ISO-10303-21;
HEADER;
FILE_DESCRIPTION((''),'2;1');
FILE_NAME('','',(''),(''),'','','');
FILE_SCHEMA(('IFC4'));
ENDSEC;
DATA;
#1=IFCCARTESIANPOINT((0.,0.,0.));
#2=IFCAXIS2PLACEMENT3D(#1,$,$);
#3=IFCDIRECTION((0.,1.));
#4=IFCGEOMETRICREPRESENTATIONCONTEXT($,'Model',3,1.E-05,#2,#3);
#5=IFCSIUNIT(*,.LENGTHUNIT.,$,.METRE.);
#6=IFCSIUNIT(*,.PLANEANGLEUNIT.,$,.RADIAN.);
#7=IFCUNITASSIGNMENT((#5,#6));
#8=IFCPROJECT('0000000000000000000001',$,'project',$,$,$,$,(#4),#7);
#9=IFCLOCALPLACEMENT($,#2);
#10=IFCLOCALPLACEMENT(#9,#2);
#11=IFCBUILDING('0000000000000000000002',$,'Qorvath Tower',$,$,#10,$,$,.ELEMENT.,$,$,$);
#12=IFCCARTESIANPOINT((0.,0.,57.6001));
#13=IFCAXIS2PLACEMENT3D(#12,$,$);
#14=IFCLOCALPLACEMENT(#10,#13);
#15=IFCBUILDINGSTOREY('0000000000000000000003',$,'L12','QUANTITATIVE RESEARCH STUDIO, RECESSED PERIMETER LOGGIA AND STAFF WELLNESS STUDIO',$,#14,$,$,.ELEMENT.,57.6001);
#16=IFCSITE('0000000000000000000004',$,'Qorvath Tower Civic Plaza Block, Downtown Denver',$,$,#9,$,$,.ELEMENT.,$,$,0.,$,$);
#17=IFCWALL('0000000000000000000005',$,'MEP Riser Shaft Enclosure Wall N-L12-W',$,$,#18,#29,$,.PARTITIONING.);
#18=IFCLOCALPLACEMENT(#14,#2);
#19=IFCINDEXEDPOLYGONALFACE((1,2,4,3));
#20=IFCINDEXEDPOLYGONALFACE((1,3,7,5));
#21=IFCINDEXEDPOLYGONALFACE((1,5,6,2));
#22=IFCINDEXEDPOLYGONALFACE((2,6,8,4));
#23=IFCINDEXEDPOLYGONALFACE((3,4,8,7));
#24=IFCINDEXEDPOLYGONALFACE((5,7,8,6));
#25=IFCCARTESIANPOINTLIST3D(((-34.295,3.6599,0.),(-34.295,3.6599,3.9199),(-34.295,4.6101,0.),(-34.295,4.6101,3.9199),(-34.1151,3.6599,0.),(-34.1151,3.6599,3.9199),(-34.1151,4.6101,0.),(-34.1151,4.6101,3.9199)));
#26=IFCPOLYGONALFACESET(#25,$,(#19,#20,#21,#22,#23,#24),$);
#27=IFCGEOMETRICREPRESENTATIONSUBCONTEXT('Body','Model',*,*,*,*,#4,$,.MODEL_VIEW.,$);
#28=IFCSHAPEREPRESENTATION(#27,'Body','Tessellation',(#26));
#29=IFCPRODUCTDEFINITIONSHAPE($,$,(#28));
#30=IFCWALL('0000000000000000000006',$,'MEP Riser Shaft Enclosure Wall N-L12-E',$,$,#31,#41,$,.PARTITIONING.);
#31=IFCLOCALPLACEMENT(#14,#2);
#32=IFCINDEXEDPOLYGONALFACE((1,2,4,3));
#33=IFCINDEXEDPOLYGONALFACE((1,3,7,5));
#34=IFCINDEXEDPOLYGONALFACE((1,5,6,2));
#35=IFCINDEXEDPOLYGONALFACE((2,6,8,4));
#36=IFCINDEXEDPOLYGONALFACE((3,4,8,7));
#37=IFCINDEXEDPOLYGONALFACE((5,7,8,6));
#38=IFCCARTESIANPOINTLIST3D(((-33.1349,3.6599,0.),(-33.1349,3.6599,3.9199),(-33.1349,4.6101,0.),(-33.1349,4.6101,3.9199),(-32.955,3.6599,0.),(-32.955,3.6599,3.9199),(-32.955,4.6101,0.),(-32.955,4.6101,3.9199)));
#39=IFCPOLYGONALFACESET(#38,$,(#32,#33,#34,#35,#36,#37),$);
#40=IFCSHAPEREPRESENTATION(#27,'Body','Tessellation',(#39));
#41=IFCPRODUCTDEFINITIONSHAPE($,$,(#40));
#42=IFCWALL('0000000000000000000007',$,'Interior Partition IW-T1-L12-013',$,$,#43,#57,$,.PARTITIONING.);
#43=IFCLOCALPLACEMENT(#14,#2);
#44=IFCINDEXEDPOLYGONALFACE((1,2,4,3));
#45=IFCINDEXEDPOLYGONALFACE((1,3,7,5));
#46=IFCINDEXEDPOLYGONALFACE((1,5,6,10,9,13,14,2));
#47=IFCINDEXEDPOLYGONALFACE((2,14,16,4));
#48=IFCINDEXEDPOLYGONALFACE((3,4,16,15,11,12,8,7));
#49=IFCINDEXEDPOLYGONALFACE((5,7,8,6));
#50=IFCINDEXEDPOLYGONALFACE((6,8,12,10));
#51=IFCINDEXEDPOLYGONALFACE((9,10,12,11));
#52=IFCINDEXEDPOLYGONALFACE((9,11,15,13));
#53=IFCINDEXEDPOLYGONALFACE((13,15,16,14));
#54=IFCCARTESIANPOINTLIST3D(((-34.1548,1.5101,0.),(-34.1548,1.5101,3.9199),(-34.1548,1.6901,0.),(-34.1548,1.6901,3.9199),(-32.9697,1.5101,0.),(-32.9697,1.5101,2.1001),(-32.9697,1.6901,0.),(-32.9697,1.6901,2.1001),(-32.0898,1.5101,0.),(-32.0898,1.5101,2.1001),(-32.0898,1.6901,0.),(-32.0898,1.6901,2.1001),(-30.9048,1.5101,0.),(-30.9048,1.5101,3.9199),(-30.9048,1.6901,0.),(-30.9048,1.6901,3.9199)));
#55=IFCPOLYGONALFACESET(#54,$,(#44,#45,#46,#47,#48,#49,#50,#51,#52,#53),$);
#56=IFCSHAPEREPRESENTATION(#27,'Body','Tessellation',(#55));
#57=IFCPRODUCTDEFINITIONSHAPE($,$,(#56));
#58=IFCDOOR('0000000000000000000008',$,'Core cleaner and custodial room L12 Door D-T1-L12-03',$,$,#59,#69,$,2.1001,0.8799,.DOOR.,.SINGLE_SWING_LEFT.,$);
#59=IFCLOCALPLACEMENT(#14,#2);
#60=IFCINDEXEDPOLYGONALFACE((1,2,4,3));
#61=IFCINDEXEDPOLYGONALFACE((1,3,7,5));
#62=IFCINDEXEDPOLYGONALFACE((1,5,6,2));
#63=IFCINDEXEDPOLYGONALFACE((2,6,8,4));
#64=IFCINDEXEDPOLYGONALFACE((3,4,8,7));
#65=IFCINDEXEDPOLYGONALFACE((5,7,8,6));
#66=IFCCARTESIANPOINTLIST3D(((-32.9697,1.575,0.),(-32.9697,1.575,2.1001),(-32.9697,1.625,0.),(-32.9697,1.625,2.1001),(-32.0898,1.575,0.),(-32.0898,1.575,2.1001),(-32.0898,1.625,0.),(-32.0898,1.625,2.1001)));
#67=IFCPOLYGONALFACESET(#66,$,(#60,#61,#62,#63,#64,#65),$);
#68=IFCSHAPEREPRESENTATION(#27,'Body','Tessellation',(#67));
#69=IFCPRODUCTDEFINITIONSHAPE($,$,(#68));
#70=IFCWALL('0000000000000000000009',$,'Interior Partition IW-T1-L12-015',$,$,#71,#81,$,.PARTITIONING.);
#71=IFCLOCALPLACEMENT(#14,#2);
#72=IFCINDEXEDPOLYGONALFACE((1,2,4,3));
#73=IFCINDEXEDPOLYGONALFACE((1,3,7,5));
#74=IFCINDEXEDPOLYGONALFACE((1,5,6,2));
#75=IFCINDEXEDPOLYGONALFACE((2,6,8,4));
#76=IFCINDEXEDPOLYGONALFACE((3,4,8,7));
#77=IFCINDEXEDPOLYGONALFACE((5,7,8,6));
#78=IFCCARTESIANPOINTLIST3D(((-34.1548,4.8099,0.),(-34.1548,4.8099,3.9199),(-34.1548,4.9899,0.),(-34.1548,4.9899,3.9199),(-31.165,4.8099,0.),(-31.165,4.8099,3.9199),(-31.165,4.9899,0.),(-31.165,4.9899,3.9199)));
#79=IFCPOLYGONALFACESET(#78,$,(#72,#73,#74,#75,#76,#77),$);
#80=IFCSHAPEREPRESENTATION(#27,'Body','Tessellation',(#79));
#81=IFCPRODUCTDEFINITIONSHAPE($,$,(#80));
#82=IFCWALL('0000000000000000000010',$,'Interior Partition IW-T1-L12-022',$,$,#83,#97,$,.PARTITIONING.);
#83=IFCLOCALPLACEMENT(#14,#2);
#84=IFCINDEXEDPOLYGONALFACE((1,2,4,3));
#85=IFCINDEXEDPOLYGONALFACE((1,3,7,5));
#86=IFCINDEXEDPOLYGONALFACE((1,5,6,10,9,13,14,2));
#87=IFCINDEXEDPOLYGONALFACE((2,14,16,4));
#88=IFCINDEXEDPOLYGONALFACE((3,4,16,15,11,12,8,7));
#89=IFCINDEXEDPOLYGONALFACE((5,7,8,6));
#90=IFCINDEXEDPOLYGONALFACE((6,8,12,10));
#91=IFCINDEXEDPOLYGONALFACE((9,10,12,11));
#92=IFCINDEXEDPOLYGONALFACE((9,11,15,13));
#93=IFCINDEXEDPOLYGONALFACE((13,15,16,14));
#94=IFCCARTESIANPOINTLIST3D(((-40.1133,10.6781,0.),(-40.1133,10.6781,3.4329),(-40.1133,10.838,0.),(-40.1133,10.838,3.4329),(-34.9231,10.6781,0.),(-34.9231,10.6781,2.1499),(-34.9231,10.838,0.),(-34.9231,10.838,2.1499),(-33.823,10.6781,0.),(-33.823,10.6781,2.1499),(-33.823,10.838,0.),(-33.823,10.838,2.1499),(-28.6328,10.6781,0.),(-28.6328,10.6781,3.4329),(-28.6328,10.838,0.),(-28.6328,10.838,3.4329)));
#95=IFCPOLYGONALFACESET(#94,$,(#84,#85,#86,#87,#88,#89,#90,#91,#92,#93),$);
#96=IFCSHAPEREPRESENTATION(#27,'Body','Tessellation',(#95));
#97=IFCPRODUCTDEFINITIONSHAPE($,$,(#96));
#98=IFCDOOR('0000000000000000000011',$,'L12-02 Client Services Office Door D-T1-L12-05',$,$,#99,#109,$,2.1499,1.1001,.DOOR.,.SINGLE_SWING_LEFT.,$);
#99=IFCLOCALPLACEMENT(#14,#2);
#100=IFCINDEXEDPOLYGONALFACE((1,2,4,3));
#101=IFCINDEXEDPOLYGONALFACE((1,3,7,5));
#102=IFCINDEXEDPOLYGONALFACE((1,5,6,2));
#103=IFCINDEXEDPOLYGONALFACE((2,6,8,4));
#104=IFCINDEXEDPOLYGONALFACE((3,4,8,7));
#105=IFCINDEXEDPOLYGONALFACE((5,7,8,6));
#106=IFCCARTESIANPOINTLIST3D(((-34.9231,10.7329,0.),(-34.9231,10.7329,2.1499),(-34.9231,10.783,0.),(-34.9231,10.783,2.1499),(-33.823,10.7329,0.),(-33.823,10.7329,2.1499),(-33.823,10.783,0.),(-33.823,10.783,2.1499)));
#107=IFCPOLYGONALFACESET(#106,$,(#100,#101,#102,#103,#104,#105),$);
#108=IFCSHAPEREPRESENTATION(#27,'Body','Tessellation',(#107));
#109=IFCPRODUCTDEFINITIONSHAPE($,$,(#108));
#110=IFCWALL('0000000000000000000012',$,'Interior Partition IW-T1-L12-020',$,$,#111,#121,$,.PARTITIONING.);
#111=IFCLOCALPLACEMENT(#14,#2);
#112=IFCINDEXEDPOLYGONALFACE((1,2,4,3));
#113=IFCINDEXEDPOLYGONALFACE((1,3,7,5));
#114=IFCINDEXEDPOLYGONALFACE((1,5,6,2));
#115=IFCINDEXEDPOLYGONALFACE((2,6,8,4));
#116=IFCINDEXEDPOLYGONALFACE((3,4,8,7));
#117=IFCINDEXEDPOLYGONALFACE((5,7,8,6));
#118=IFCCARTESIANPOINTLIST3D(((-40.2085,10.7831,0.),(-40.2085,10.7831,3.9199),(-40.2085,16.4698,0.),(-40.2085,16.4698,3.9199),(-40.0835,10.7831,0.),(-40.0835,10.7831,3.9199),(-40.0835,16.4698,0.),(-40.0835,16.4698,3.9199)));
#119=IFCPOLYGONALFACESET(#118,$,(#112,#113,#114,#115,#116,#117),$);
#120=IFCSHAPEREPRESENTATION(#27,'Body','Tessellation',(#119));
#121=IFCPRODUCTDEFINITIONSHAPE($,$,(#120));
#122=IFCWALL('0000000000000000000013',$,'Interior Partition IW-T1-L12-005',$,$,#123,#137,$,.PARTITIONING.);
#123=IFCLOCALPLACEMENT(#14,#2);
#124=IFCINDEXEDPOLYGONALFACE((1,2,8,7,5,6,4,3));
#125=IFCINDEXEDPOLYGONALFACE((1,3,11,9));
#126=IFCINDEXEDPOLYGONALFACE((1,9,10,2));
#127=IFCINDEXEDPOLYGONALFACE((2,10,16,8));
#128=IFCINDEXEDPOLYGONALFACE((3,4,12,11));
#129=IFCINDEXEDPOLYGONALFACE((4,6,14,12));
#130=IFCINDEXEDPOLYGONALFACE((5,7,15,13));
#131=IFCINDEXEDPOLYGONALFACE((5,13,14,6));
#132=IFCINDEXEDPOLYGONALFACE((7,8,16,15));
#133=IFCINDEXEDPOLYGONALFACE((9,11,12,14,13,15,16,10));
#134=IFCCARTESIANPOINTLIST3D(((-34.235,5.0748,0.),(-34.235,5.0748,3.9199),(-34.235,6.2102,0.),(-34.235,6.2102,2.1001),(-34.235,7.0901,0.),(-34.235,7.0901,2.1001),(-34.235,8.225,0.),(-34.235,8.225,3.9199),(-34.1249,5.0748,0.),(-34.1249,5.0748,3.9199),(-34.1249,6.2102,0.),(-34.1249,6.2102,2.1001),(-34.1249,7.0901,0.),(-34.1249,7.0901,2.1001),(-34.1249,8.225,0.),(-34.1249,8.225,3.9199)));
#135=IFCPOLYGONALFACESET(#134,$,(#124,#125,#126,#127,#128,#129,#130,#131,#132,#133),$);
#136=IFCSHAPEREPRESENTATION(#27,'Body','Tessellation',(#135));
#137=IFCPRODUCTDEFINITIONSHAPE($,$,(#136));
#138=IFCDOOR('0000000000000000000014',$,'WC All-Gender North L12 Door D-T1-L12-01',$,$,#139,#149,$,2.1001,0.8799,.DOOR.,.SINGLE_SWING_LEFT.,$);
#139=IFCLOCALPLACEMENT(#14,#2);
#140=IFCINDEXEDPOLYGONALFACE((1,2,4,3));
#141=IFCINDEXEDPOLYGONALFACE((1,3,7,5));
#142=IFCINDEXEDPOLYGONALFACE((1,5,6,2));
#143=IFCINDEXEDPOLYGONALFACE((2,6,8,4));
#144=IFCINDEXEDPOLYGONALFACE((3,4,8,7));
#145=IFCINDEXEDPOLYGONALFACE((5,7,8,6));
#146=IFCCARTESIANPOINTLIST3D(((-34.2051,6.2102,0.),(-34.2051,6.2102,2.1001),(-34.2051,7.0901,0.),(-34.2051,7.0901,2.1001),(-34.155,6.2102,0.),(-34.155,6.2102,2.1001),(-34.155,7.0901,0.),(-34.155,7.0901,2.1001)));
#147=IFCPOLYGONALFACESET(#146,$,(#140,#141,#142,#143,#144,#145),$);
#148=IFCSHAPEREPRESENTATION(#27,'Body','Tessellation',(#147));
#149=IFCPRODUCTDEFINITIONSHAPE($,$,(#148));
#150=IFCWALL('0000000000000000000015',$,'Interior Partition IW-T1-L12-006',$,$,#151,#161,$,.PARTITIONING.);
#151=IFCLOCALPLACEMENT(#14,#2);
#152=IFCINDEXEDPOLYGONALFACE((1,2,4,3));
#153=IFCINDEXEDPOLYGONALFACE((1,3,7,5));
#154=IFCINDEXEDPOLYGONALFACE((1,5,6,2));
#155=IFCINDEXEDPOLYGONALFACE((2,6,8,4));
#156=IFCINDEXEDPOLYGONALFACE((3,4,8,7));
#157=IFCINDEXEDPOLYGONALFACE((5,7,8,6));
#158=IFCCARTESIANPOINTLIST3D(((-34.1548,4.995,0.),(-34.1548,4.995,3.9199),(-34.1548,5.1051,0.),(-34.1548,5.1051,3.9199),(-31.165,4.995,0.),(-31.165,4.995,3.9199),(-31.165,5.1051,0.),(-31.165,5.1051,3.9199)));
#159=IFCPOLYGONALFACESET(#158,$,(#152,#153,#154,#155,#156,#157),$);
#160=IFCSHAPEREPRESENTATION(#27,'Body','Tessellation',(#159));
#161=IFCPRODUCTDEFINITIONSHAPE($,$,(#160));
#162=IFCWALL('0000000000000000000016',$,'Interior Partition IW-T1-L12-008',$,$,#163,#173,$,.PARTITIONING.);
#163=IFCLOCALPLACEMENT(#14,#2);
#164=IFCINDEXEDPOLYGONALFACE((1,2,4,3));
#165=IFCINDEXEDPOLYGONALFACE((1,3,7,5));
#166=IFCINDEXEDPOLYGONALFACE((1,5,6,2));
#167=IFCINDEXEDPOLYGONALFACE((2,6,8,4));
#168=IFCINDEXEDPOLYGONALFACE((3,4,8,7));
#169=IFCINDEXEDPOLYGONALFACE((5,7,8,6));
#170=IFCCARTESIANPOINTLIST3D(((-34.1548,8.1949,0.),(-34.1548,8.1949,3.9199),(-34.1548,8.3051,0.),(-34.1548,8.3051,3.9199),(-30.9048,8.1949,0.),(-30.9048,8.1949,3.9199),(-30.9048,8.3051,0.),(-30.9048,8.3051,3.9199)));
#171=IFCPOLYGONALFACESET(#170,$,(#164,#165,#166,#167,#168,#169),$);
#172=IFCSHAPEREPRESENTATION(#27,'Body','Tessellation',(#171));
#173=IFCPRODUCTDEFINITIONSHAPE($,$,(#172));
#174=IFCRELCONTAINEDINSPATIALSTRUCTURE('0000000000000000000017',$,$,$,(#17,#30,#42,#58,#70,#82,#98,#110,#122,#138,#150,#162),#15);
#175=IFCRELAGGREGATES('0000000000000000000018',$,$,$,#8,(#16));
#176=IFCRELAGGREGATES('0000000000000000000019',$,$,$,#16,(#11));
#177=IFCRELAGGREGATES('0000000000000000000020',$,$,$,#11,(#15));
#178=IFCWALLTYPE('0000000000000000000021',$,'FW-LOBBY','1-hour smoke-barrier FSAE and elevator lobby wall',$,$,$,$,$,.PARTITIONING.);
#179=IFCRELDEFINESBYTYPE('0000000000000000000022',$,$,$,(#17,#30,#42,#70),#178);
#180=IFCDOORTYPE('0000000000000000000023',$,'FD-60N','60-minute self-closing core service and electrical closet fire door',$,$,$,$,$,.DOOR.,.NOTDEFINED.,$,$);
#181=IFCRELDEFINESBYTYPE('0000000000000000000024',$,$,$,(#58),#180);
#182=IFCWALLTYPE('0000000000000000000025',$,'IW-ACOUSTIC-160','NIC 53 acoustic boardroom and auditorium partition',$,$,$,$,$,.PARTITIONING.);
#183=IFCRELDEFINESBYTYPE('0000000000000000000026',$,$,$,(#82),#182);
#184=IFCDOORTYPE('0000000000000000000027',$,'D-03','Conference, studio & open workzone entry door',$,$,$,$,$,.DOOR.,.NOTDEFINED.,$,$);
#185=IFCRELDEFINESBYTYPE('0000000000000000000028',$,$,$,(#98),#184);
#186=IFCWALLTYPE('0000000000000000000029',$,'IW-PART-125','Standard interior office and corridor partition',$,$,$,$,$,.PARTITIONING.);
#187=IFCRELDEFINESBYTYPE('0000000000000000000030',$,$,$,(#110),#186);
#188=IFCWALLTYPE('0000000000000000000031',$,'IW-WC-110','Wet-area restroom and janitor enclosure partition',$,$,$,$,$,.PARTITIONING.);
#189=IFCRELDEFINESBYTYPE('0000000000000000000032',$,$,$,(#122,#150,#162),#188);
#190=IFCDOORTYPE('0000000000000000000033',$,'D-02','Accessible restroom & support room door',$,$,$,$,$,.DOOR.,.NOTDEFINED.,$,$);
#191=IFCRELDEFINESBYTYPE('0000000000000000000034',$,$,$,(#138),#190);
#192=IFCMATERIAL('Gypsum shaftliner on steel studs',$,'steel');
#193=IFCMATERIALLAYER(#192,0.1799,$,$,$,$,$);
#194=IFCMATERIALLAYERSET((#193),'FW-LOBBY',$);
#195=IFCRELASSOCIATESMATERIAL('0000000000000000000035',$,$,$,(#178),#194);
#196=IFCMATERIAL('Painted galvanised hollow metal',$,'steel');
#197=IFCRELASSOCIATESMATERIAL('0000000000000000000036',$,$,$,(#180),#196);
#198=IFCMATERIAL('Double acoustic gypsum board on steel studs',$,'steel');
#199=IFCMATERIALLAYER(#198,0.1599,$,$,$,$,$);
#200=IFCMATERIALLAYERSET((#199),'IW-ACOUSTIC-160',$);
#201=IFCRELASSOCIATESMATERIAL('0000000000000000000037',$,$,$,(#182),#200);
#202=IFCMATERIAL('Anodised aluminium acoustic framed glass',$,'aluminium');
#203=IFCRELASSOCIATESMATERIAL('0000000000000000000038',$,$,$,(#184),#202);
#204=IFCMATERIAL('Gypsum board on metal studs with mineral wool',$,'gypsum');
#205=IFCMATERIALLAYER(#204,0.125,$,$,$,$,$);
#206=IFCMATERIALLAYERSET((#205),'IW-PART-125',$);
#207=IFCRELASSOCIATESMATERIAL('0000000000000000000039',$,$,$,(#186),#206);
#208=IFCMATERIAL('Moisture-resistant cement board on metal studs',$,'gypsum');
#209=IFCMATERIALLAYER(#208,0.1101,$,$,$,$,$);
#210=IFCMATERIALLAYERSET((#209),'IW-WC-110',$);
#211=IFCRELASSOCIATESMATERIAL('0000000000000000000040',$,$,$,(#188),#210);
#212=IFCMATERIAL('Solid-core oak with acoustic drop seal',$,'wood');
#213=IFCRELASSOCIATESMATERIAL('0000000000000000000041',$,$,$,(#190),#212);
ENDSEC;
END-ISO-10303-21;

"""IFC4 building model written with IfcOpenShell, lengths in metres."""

from ifc_helpers import new_model, si_unit, direction, frame, frame_2d, origin, place, context, subcontext, project, spatial, rectangle, extrude, material, layer, layer_set, type_object, element, fill, save


model = new_model("IFC4")

# Units and contexts
model_context = context("Model", 3, precision=1e-05, world=origin(), true_north=direction((0.0, 1.0)))
body_context = subcontext(model_context, "Body", "Model", "MODEL_VIEW")
ifc_project = project(units=[si_unit("LENGTHUNIT", "METRE"), si_unit("PLANEANGLEUNIT", "RADIAN")], contexts=[model_context])

# Site, building, storey
site_placement = place(None, origin())
site = spatial("IfcSite", under=ifc_project, at=site_placement, Name="Qorvath Tower Civic Plaza Block, Downtown Denver", CompositionType="ELEMENT", RefElevation=0.0)
building_placement = place(site_placement, origin())
building = spatial("IfcBuilding", under=site, at=building_placement, Name="Qorvath Tower", CompositionType="ELEMENT")
storey_placement = place(building_placement, frame((0.0, 0.0, 57.6001)))
storey = spatial("IfcBuildingStorey", under=building, at=storey_placement, Name="L12", Description="QUANTITATIVE RESEARCH STUDIO, RECESSED PERIMETER LOGGIA AND STAFF WELLNESS STUDIO", CompositionType="ELEMENT", Elevation=57.6001)

# Walls
ifc_material_1 = material(Name="Gypsum shaftliner on steel studs", Category="steel")
ifc_layer_1 = layer(ifc_material_1, 0.1799)
ifc_layer_set_1 = layer_set([ifc_layer_1], Name="FW-LOBBY")
wall_type_1 = type_object("IfcWallType", Name="FW-LOBBY", Description="1-hour smoke-barrier FSAE and elevator lobby wall", PredefinedType="PARTITIONING", material=ifc_layer_set_1)
for number, where, z_axis, x_axis, name in (
    (1, (-34.2051, 3.6599, 0.0), (0.0, 0.0, 1.0), (0.0, 1.0, 0.0), "MEP Riser Shaft Enclosure Wall N-L12-W"),
    (2, (-33.0449, 4.6101, 0.0), (0.0, 0.0, 1.0), (0.0, -1.0, 0.0), "MEP Riser Shaft Enclosure Wall N-L12-E"),
):
    element("IfcWall", number, at=place(storey_placement, frame(where, z_axis=z_axis, x_axis=x_axis)), inside=storey, type_object=wall_type_1, Name=name, PredefinedType="PARTITIONING", context=body_context, shape_type="SweptSolid", body=[
        extrude(rectangle(XDim=0.9502, YDim=0.1799, at=frame_2d((0.4751, 0.0))), origin(), (0.0, 0.0, 1.0), 3.9199),
    ])

# Wall, opening, door
wall_1_placement = place(storey_placement, frame((-34.1548, 1.6001, 0.0), z_axis=(0.0, 0.0, 1.0), x_axis=(1.0, 0.0, 0.0)))
wall_1 = element("IfcWall", 3, at=wall_1_placement, inside=storey, type_object=wall_type_1, Name="Interior Partition IW-T1-L12-013", PredefinedType="PARTITIONING", context=body_context, shape_type="SweptSolid", body=[
    extrude(rectangle(XDim=3.25, YDim=0.1799, at=frame_2d((1.625, 0.0))), origin(), (0.0, 0.0, 1.0), 3.9199),
])
opening_1_placement = place(wall_1_placement, frame((1.1851, 0.0, 0.0)))
opening_1 = element("IfcOpeningElement", 4, at=opening_1_placement, cuts=wall_1, PredefinedType="OPENING", context=body_context, shape_type="SweptSolid", body=[
    extrude(rectangle(XDim=0.8799, YDim=2.1001, at=frame_2d((0.4399, 1.05))), frame((0.0, 0.1001, 0.0), z_axis=(0.0, -1.0, 0.0), x_axis=(1.0, 0.0, 0.0)), (0.0, 0.0, 1.0), 0.2),
])
ifc_material_2 = material(Name="Painted galvanised hollow metal", Category="steel")
door_type_1 = type_object("IfcDoorType", Name="FD-60N", Description="60-minute self-closing core service and electrical closet fire door", OperationType="NOTDEFINED", PredefinedType="DOOR", material=ifc_material_2)
door_1_placement = place(opening_1_placement, origin())
door_1 = element("IfcDoor", 5, at=door_1_placement, inside=storey, type_object=door_type_1, Name="Core cleaner and custodial room L12 Door D-T1-L12-03", OperationType="SINGLE_SWING_LEFT", OverallHeight=2.1001, OverallWidth=0.8799, PredefinedType="DOOR", context=body_context, shape_type="SweptSolid", body=[
    extrude(rectangle(XDim=0.8799, YDim=2.1001, at=frame_2d((0.4399, 1.05))), frame((0.0, 0.0249, 0.0), z_axis=(0.0, -1.0, 0.0), x_axis=(1.0, 0.0, 0.0)), (0.0, 0.0, 1.0), 0.05),
])
fill(opening_1, door_1)

# Wall
wall_2_placement = place(storey_placement, frame((-31.165, 4.8999, 0.0), z_axis=(0.0, 0.0, 1.0), x_axis=(-1.0, 0.0, 0.0)))
element("IfcWall", 6, at=wall_2_placement, inside=storey, type_object=wall_type_1, Name="Interior Partition IW-T1-L12-015", PredefinedType="PARTITIONING", context=body_context, shape_type="SweptSolid", body=[
    extrude(rectangle(XDim=2.9897, YDim=0.1799, at=frame_2d((1.4949, 0.0))), origin(), (0.0, 0.0, 1.0), 3.9199),
])

# Wall, opening, door
ifc_material_3 = material(Name="Double acoustic gypsum board on steel studs", Category="steel")
ifc_layer_2 = layer(ifc_material_3, 0.1599)
ifc_layer_set_2 = layer_set([ifc_layer_2], Name="IW-ACOUSTIC-160")
wall_type_2 = type_object("IfcWallType", Name="IW-ACOUSTIC-160", Description="NIC 53 acoustic boardroom and auditorium partition", PredefinedType="PARTITIONING", material=ifc_layer_set_2)
wall_3_placement = place(storey_placement, frame((-40.1133, 10.7581, 0.0), z_axis=(0.0, 0.0, 1.0), x_axis=(1.0, 0.0, 0.0)))
wall_3 = element("IfcWall", 7, at=wall_3_placement, inside=storey, type_object=wall_type_2, Name="Interior Partition IW-T1-L12-022", PredefinedType="PARTITIONING", context=body_context, shape_type="SweptSolid", body=[
    extrude(rectangle(XDim=11.4805, YDim=0.1599, at=frame_2d((5.7402, 0.0))), origin(), (0.0, 0.0, 1.0), 3.4329),
])
opening_2_placement = place(wall_3_placement, frame((5.1902, 0.0, 0.0)))
opening_2 = element("IfcOpeningElement", 8, at=opening_2_placement, cuts=wall_3, PredefinedType="OPENING", context=body_context, shape_type="SweptSolid", body=[
    extrude(rectangle(XDim=1.1001, YDim=2.1499, at=frame_2d((0.55, 1.075))), frame((0.0, 0.0898, 0.0), z_axis=(0.0, -1.0, 0.0), x_axis=(1.0, 0.0, 0.0)), (0.0, 0.0, 1.0), 0.1799),
])
ifc_material_4 = material(Name="Anodised aluminium acoustic framed glass", Category="aluminium")
door_type_2 = type_object("IfcDoorType", Name="D-03", Description="Conference, studio & open workzone entry door", OperationType="NOTDEFINED", PredefinedType="DOOR", material=ifc_material_4)
door_2_placement = place(opening_2_placement, origin())
door_2 = element("IfcDoor", 9, at=door_2_placement, inside=storey, type_object=door_type_2, Name="L12-02 Client Services Office Door D-T1-L12-05", OperationType="SINGLE_SWING_LEFT", OverallHeight=2.1499, OverallWidth=1.1001, PredefinedType="DOOR", context=body_context, shape_type="SweptSolid", body=[
    extrude(rectangle(XDim=1.1001, YDim=2.1499, at=frame_2d((0.55, 1.075))), frame((0.0, 0.0249, 0.0), z_axis=(0.0, -1.0, 0.0), x_axis=(1.0, 0.0, 0.0)), (0.0, 0.0, 1.0), 0.05),
])
fill(opening_2, door_2)

# Wall
ifc_material_5 = material(Name="Gypsum board on metal studs with mineral wool", Category="gypsum")
ifc_layer_3 = layer(ifc_material_5, 0.125)
ifc_layer_set_3 = layer_set([ifc_layer_3], Name="IW-PART-125")
wall_type_3 = type_object("IfcWallType", Name="IW-PART-125", Description="Standard interior office and corridor partition", PredefinedType="PARTITIONING", material=ifc_layer_set_3)
wall_4_placement = place(storey_placement, frame((-40.146, 10.7832, 0.0), z_axis=(0.0, 0.0, 1.0), x_axis=(0.0, 1.0, 0.0)))
element("IfcWall", 10, at=wall_4_placement, inside=storey, type_object=wall_type_3, Name="Interior Partition IW-T1-L12-020", PredefinedType="PARTITIONING", context=body_context, shape_type="SweptSolid", body=[
    extrude(rectangle(XDim=5.6868, YDim=0.125, at=frame_2d((2.8433, 0.0))), origin(), (0.0, 0.0, 1.0), 3.9199),
])

# Wall, opening, door
ifc_material_6 = material(Name="Moisture-resistant cement board on metal studs", Category="gypsum")
ifc_layer_4 = layer(ifc_material_6, 0.1101)
ifc_layer_set_4 = layer_set([ifc_layer_4], Name="IW-WC-110")
wall_type_4 = type_object("IfcWallType", Name="IW-WC-110", Description="Wet-area restroom and janitor enclosure partition", PredefinedType="PARTITIONING", material=ifc_layer_set_4)
wall_5_placement = place(storey_placement, frame((-34.1799, 8.2251, 0.0), z_axis=(0.0, 0.0, 1.0), x_axis=(0.0, -1.0, 0.0)))
wall_5 = element("IfcWall", 11, at=wall_5_placement, inside=storey, type_object=wall_type_4, Name="Interior Partition IW-T1-L12-005", PredefinedType="PARTITIONING", context=body_context, shape_type="SweptSolid", body=[
    extrude(rectangle(XDim=3.1501, YDim=0.1101, at=frame_2d((1.5752, 0.0))), origin(), (0.0, 0.0, 1.0), 3.9199),
])
opening_3_placement = place(wall_5_placement, frame((1.135, 0.0, 0.0)))
opening_3 = element("IfcOpeningElement", 12, at=opening_3_placement, cuts=wall_5, PredefinedType="OPENING", context=body_context, shape_type="SweptSolid", body=[
    extrude(rectangle(XDim=0.8799, YDim=2.1001, at=frame_2d((0.4399, 1.05))), frame((0.0, 0.0649, 0.0), z_axis=(0.0, -1.0, 0.0), x_axis=(1.0, 0.0, 0.0)), (0.0, 0.0, 1.0), 0.1301),
])
ifc_material_7 = material(Name="Solid-core oak with acoustic drop seal", Category="wood")
door_type_3 = type_object("IfcDoorType", Name="D-02", Description="Accessible restroom & support room door", OperationType="NOTDEFINED", PredefinedType="DOOR", material=ifc_material_7)
door_3_placement = place(opening_3_placement, origin())
door_3 = element("IfcDoor", 13, at=door_3_placement, inside=storey, type_object=door_type_3, Name="WC All-Gender North L12 Door D-T1-L12-01", OperationType="SINGLE_SWING_LEFT", OverallHeight=2.1001, OverallWidth=0.8799, PredefinedType="DOOR", context=body_context, shape_type="SweptSolid", body=[
    extrude(rectangle(XDim=0.8799, YDim=2.1001, at=frame_2d((0.4399, 1.05))), frame((0.0, 0.0249, 0.0), z_axis=(0.0, -1.0, 0.0), x_axis=(1.0, 0.0, 0.0)), (0.0, 0.0, 1.0), 0.05),
])
fill(opening_3, door_3)

# Walls
wall_6_placement = place(storey_placement, frame((-34.1548, 5.05, 0.0), z_axis=(0.0, 0.0, 1.0), x_axis=(1.0, 0.0, 0.0)))
element("IfcWall", 14, at=wall_6_placement, inside=storey, type_object=wall_type_4, Name="Interior Partition IW-T1-L12-006", PredefinedType="PARTITIONING", context=body_context, shape_type="SweptSolid", body=[
    extrude(rectangle(XDim=2.9897, YDim=0.1101, at=frame_2d((1.4949, 0.0))), origin(), (0.0, 0.0, 1.0), 3.9199),
])
wall_7_placement = place(storey_placement, frame((-30.9048, 8.25, 0.0), z_axis=(0.0, 0.0, 1.0), x_axis=(-1.0, 0.0, 0.0)))
element("IfcWall", 15, at=wall_7_placement, inside=storey, type_object=wall_type_4, Name="Interior Partition IW-T1-L12-008", PredefinedType="PARTITIONING", context=body_context, shape_type="SweptSolid", body=[
    extrude(rectangle(XDim=3.25, YDim=0.1101, at=frame_2d((1.625, 0.0))), origin(), (0.0, 0.0, 1.0), 3.9199),
])

save(model, "model.ifc")
